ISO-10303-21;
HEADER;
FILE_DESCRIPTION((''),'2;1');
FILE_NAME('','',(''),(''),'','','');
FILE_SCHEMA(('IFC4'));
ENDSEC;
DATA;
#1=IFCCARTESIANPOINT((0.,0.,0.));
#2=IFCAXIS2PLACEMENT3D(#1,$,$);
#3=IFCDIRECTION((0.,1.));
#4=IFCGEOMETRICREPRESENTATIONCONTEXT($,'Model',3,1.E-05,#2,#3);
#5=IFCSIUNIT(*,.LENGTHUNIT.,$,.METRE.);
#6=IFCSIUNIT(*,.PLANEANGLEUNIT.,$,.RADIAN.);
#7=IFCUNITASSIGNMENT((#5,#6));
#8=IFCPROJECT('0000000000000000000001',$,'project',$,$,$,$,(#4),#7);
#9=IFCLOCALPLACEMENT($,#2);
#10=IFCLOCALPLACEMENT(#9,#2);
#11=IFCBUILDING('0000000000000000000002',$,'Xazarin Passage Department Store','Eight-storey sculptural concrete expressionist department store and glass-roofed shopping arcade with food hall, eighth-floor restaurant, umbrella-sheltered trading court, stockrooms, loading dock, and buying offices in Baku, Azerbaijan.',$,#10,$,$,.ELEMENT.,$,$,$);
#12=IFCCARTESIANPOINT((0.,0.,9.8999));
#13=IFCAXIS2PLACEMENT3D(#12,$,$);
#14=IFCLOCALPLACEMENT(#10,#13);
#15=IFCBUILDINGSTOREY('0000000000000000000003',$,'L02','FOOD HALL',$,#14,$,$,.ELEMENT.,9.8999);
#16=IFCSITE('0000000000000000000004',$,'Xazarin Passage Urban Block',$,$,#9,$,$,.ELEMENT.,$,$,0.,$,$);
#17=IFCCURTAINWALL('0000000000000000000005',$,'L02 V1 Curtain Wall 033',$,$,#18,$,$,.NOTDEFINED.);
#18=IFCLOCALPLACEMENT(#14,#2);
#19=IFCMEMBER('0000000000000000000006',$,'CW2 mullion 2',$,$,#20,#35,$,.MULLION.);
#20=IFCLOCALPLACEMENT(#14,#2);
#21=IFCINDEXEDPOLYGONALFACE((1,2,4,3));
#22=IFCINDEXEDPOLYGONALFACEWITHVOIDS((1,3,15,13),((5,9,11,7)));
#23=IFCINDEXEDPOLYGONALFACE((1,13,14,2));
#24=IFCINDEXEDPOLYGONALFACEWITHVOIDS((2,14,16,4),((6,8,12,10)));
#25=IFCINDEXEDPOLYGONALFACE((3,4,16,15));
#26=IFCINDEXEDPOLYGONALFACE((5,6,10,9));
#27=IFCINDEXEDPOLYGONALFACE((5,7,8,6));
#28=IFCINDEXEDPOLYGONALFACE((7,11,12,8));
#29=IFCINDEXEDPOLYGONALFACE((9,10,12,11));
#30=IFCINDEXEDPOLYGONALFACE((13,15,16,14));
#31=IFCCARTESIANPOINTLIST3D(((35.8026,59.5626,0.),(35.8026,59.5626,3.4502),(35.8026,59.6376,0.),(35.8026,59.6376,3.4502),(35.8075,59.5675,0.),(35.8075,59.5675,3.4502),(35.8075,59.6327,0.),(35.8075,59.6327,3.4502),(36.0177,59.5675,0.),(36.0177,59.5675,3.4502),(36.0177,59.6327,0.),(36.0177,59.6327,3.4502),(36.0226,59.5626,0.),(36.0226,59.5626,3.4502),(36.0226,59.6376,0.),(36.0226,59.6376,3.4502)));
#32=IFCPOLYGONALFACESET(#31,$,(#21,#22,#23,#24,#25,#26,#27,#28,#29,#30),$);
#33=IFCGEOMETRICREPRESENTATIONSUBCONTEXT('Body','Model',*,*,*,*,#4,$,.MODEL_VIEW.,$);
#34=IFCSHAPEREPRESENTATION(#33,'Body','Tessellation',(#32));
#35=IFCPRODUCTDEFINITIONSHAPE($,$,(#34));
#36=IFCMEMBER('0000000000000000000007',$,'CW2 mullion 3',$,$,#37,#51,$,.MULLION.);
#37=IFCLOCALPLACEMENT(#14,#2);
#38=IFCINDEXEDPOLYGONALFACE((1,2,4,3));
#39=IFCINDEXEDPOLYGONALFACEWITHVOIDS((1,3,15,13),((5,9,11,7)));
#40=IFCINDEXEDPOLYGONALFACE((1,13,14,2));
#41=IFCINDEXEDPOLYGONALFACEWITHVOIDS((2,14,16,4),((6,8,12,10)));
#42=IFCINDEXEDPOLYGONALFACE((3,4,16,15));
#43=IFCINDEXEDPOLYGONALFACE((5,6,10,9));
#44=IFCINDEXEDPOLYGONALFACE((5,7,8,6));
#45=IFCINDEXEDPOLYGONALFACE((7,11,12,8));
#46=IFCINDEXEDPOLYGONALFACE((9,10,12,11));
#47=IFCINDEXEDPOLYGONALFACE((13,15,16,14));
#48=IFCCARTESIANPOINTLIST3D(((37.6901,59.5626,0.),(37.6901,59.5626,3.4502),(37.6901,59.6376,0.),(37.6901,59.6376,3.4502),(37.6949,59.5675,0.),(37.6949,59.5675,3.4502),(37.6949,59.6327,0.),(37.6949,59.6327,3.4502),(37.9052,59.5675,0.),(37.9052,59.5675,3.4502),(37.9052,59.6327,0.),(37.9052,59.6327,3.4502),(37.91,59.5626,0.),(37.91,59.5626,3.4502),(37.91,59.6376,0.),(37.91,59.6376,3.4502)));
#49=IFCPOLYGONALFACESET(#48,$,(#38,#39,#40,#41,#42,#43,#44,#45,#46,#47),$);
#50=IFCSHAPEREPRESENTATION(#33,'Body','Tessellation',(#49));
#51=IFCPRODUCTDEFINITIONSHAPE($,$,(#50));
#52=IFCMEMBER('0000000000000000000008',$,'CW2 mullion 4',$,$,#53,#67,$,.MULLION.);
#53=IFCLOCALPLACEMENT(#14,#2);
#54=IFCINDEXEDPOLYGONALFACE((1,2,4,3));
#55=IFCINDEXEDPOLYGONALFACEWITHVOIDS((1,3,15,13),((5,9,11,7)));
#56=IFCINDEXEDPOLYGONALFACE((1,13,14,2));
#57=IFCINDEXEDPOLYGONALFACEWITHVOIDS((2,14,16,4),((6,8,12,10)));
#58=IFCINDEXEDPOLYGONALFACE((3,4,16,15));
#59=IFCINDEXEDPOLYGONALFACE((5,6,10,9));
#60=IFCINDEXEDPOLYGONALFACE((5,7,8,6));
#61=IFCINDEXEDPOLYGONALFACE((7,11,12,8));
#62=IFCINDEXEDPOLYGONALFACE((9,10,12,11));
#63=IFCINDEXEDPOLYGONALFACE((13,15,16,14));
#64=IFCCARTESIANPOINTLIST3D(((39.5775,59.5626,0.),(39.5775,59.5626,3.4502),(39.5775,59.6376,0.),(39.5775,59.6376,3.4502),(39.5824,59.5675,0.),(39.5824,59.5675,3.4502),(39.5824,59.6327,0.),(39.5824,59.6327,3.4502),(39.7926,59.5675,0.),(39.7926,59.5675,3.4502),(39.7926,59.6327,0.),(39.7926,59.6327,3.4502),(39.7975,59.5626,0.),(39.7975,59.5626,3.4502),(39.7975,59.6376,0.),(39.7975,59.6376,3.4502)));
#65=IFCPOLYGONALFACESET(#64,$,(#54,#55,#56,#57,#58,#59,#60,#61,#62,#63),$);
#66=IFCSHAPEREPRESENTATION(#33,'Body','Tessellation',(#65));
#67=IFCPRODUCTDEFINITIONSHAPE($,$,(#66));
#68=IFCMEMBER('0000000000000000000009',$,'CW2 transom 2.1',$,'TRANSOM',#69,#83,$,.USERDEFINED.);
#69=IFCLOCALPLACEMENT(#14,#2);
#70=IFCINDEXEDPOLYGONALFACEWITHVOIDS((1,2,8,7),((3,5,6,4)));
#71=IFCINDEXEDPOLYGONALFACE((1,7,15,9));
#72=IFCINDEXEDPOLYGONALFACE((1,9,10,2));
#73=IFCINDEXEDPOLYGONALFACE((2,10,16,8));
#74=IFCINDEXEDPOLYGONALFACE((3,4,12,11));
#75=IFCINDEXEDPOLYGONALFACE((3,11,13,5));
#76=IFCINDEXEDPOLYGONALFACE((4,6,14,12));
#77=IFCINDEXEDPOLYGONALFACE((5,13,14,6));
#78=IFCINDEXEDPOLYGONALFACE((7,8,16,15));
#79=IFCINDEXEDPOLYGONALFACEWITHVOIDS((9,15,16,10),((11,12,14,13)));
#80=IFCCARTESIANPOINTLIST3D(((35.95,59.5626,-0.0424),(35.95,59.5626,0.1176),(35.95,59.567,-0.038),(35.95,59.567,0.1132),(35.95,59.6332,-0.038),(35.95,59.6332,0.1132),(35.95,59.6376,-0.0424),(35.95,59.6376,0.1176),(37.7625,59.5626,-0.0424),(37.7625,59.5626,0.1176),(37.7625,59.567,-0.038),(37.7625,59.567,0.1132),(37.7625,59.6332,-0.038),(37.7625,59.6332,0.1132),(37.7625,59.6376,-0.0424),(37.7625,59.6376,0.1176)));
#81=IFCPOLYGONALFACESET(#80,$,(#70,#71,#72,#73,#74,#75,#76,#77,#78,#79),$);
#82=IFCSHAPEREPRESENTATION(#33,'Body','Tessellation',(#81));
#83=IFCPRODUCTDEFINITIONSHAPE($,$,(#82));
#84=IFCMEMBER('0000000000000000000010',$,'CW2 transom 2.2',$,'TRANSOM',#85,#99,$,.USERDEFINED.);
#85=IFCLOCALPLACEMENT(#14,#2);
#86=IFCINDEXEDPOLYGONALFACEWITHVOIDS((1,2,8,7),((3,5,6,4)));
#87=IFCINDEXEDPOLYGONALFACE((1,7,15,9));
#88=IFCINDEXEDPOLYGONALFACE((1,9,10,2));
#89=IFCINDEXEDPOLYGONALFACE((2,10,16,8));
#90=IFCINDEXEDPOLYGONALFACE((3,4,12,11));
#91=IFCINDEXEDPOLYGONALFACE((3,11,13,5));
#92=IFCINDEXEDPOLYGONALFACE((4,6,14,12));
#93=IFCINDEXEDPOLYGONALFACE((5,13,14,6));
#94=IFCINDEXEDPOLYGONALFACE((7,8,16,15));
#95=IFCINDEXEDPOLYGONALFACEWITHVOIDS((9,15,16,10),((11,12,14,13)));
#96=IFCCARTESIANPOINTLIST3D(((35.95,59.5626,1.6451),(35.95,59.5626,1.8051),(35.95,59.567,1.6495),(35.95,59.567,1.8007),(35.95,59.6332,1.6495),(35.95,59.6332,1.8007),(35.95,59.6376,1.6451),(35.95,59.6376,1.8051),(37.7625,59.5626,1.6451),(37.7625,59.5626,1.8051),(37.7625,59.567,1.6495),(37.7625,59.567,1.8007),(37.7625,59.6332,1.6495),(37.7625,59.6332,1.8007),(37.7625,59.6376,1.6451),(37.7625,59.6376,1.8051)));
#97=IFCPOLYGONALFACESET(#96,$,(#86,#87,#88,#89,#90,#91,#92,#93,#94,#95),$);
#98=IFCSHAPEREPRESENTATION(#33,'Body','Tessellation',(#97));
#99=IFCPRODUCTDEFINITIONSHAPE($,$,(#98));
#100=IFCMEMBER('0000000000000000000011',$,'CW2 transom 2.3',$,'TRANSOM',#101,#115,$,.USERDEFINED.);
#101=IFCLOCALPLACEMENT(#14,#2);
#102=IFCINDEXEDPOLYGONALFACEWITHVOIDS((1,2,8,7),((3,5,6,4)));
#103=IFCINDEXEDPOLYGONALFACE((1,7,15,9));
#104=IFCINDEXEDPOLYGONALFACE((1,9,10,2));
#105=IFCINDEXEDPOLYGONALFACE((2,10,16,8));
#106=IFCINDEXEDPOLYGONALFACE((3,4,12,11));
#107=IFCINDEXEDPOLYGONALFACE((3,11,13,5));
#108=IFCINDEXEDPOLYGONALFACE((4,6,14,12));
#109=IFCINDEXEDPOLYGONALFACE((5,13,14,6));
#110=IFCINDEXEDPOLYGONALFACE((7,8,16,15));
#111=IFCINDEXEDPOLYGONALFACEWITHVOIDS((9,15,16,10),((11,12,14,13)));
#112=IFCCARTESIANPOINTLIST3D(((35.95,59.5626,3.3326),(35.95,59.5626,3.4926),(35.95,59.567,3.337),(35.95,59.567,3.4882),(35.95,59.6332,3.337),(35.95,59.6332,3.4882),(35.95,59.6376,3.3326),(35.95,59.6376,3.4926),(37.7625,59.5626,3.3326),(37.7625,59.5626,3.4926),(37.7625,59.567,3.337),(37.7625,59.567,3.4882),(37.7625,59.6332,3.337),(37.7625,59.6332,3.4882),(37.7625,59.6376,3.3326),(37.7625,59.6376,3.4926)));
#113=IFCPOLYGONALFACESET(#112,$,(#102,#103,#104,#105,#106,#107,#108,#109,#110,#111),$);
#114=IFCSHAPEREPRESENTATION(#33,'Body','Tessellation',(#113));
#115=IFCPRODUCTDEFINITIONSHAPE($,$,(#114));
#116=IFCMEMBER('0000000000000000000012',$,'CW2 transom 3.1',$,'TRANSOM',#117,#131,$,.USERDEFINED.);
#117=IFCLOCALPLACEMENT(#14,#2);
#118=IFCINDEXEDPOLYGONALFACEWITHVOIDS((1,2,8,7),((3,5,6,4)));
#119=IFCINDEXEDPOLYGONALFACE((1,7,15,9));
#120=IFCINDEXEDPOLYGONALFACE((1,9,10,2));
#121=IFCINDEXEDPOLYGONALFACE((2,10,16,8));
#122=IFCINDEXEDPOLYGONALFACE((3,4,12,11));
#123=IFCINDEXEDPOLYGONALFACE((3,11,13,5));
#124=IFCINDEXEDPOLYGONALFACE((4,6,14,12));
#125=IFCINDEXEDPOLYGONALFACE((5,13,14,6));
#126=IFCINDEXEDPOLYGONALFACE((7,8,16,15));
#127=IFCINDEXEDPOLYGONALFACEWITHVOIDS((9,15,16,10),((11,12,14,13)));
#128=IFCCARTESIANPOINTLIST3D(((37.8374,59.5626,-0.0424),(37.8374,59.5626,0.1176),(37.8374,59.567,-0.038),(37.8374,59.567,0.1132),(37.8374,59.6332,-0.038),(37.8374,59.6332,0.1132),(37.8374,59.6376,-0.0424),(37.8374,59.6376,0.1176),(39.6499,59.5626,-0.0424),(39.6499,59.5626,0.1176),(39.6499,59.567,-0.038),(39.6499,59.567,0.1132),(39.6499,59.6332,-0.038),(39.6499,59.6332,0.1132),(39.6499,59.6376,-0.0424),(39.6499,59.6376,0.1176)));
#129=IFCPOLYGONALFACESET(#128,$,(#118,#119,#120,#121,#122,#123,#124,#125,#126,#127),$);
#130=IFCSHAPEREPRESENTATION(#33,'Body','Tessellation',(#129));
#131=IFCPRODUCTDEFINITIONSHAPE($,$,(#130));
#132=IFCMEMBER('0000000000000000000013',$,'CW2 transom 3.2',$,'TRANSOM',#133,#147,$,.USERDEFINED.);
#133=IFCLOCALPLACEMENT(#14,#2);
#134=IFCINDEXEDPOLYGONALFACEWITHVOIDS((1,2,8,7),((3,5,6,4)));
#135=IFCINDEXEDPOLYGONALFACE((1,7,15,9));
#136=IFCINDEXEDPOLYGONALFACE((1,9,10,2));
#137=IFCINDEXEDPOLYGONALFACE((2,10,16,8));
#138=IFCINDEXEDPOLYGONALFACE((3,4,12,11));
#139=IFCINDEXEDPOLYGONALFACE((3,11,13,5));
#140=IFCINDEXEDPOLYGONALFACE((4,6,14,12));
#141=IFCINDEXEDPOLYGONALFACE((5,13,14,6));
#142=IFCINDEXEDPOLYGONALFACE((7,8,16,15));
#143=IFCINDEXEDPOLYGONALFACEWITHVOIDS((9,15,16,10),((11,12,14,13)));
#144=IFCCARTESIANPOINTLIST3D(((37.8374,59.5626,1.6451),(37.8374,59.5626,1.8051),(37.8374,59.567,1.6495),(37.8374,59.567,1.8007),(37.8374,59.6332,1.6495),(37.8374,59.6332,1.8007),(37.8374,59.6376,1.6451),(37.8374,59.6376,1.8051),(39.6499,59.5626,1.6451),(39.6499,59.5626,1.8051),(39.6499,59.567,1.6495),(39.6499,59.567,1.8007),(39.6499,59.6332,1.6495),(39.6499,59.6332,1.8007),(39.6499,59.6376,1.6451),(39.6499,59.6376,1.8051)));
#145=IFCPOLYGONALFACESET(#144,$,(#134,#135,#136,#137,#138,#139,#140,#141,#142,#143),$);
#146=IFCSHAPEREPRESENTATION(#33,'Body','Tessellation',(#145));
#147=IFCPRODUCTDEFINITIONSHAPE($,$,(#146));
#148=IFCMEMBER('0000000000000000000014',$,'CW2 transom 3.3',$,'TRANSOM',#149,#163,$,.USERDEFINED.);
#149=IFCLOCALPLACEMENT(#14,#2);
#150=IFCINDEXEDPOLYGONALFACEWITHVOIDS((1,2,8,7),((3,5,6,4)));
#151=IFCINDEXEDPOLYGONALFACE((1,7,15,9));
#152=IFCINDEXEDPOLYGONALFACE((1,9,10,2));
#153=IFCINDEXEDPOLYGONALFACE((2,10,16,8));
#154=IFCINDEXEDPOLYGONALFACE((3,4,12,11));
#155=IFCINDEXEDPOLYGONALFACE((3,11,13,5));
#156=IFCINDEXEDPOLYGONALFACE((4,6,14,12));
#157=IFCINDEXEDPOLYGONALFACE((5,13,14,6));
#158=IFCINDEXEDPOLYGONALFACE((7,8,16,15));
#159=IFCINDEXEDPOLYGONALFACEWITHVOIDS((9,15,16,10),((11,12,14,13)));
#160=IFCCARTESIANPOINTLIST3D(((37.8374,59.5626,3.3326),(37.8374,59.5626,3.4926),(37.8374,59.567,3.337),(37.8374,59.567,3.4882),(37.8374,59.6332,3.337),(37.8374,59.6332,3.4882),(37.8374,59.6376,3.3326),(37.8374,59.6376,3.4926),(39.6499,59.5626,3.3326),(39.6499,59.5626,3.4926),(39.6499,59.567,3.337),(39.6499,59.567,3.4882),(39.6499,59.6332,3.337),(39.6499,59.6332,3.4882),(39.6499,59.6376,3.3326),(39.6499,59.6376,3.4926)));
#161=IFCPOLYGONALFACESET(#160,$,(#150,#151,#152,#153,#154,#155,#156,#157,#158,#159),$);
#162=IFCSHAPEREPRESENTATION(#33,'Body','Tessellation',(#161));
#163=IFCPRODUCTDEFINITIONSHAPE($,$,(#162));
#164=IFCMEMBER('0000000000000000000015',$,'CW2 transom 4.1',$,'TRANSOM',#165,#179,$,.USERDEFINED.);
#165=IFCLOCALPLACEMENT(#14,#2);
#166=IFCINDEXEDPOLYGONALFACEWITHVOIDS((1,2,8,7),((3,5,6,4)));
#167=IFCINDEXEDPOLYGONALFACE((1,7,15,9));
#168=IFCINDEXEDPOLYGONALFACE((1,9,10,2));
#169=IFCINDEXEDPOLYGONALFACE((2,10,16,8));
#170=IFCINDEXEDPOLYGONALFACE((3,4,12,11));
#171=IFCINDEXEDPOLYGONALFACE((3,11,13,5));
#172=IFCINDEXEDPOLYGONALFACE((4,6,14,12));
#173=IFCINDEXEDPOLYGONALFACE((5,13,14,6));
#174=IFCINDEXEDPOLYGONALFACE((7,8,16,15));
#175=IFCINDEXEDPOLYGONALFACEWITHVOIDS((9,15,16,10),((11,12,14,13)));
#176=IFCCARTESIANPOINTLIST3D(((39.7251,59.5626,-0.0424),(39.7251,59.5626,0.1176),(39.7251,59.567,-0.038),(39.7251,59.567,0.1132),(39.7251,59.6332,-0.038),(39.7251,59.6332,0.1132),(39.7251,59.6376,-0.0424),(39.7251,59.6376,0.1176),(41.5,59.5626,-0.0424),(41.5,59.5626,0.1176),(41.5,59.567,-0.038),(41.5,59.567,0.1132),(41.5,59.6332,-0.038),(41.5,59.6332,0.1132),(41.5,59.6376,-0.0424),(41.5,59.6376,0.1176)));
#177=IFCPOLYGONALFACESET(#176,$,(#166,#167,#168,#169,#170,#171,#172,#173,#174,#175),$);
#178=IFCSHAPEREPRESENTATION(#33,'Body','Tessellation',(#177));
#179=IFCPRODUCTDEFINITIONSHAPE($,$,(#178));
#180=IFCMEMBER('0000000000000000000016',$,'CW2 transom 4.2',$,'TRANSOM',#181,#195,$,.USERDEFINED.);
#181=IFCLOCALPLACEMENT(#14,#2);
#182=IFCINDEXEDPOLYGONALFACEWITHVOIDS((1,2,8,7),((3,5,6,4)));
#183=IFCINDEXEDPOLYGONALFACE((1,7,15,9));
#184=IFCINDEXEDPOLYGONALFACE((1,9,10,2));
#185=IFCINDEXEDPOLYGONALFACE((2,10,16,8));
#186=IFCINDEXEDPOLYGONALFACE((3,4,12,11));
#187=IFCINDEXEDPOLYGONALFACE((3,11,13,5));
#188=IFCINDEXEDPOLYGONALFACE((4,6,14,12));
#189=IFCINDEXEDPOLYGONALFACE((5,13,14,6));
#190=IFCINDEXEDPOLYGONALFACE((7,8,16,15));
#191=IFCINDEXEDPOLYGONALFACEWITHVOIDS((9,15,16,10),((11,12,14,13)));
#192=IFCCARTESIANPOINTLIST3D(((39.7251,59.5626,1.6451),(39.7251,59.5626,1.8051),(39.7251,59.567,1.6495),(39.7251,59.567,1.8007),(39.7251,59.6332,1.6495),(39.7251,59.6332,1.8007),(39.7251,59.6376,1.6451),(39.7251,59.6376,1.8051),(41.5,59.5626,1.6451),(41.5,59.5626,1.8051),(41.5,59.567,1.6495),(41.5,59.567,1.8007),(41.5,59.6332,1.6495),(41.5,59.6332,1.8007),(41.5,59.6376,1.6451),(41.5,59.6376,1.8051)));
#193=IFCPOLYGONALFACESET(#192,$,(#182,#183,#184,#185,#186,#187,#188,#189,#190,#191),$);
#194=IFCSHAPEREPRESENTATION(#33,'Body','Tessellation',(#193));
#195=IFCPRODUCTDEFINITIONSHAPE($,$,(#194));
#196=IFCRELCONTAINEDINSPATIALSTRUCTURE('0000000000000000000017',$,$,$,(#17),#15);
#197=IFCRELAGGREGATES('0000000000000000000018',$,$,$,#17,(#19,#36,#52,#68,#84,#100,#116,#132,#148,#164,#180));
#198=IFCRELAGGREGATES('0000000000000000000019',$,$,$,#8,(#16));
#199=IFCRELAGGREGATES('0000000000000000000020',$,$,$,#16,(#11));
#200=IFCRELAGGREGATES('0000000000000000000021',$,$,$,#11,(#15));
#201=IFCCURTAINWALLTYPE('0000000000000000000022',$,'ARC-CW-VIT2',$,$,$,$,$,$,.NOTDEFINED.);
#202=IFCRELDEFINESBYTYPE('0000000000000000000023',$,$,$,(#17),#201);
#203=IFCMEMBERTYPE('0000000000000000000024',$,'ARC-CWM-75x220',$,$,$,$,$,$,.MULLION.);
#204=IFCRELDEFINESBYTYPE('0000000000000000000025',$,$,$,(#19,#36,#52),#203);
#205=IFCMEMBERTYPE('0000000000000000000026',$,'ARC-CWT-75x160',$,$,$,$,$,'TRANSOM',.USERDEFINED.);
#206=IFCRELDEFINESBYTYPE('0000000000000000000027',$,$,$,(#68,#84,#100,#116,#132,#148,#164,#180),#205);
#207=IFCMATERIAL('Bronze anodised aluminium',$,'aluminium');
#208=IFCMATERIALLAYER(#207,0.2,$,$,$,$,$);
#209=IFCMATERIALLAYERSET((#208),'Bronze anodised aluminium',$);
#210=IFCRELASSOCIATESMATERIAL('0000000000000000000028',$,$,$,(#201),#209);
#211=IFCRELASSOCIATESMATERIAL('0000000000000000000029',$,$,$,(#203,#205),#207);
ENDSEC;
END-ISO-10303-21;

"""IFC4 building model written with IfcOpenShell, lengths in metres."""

from ifc_helpers import new_model, si_unit, direction, frame, origin, origin_2d, place, context, subcontext, project, spatial, hollow_rectangle, extrude, material, layer, layer_set, material_profile, profile_set, type_object, element, aggregate, save


model = new_model("IFC4")

# Units and contexts
model_context = context("Model", 3, precision=1e-05, world=origin(), true_north=direction((0.0, 1.0)))
body_context = subcontext(model_context, "Body", "Model", "MODEL_VIEW")
ifc_project = project(units=[si_unit("LENGTHUNIT", "METRE"), si_unit("PLANEANGLEUNIT", "RADIAN")], contexts=[model_context])

# Site, building, storey
site_placement = place(None, origin())
site = spatial("IfcSite", under=ifc_project, at=site_placement, Name="Xazarin Passage Urban Block", CompositionType="ELEMENT", RefElevation=0.0)
building_placement = place(site_placement, origin())
building = spatial("IfcBuilding", under=site, at=building_placement, Name="Xazarin Passage Department Store", Description="Eight-storey sculptural concrete expressionist department store and glass-roofed shopping arcade with food hall, eighth-floor restaurant, umbrella-sheltered trading court, stockrooms, loading dock, and buying offices in Baku, Azerbaijan.", CompositionType="ELEMENT")
storey_placement = place(building_placement, frame((0.0, 0.0, 9.8999)))
storey = spatial("IfcBuildingStorey", under=building, at=storey_placement, Name="L02", Description="FOOD HALL", CompositionType="ELEMENT", Elevation=9.8999)

# Curtain wall, members
ifc_material_1 = material(Name="Bronze anodised aluminium", Category="aluminium")
ifc_layer_1 = layer(ifc_material_1, 0.2)
ifc_layer_set_1 = layer_set([ifc_layer_1], Name="Bronze anodised aluminium")
curtain_wall_type = type_object("IfcCurtainWallType", Name="ARC-CW-VIT2", PredefinedType="NOTDEFINED", material=ifc_layer_set_1)
curtain_wall_placement = place(storey_placement, origin())
curtain_wall = element("IfcCurtainWall", 1, at=curtain_wall_placement, inside=storey, type_object=curtain_wall_type, Name="L02 V1 Curtain Wall 033", PredefinedType="NOTDEFINED")
ifc_material_profile_1 = material_profile(ifc_material_1, hollow_rectangle(XDim=0.075, YDim=0.22, WallThickness=0.0049, at=origin_2d()), Name="ALU 75x220")
ifc_profile_set_1 = profile_set([ifc_material_profile_1], Name="Bronze anodised aluminium")
member_type_1 = type_object("IfcMemberType", Name="ARC-CWM-75x220", PredefinedType="MULLION", material=ifc_profile_set_1)
member_1_placement = place(storey_placement, frame((35.9126, 59.6001, 0.0), z_axis=(0.0, 0.0, 1.0), x_axis=(0.0, 1.0, 0.0)))
member_1 = element("IfcMember", 2, at=member_1_placement, type_object=member_type_1, Name="CW2 mullion 2", PredefinedType="MULLION", context=body_context, shape_type="SweptSolid", body=[
    extrude(hollow_rectangle(XDim=0.075, YDim=0.22, WallThickness=0.0049, at=origin_2d()), origin(), (0.0, 0.0, 1.0), 3.4502),
])
member_2_placement = place(storey_placement, frame((37.8, 59.6001, 0.0), z_axis=(0.0, 0.0, 1.0), x_axis=(0.0, 1.0, 0.0)))
member_2 = element("IfcMember", 3, at=member_2_placement, type_object=member_type_1, Name="CW2 mullion 3", PredefinedType="MULLION", context=body_context, shape_type="SweptSolid", body=[
    extrude(hollow_rectangle(XDim=0.075, YDim=0.22, WallThickness=0.0049, at=origin_2d()), origin(), (0.0, 0.0, 1.0), 3.4502),
])
member_3_placement = place(storey_placement, frame((39.6875, 59.6001, 0.0), z_axis=(0.0, 0.0, 1.0), x_axis=(0.0, 1.0, 0.0)))
member_3 = element("IfcMember", 4, at=member_3_placement, type_object=member_type_1, Name="CW2 mullion 4", PredefinedType="MULLION", context=body_context, shape_type="SweptSolid", body=[
    extrude(hollow_rectangle(XDim=0.075, YDim=0.22, WallThickness=0.0049, at=origin_2d()), origin(), (0.0, 0.0, 1.0), 3.4502),
])
ifc_material_profile_2 = material_profile(ifc_material_1, hollow_rectangle(XDim=0.075, YDim=0.1599, WallThickness=0.0044, at=origin_2d()), Name="ALU 75x160")
ifc_profile_set_2 = profile_set([ifc_material_profile_2], Name="Bronze anodised aluminium")
member_type_2 = type_object("IfcMemberType", Name="ARC-CWT-75x160", ElementType="TRANSOM", PredefinedType="USERDEFINED", material=ifc_profile_set_2)
member_4_placement = place(storey_placement, frame((35.95, 59.6001, 0.0376), z_axis=(1.0, 0.0, 0.0), x_axis=(0.0, 1.0, 0.0)))
member_4 = element("IfcMember", 5, at=member_4_placement, type_object=member_type_2, Name="CW2 transom 2.1", ObjectType="TRANSOM", PredefinedType="USERDEFINED", context=body_context, shape_type="SweptSolid", body=[
    extrude(hollow_rectangle(XDim=0.075, YDim=0.1599, WallThickness=0.0044, at=origin_2d()), origin(), (0.0, 0.0, 1.0), 1.8125),
])
member_5_placement = place(storey_placement, frame((35.95, 59.6001, 1.7251), z_axis=(1.0, 0.0, 0.0), x_axis=(0.0, 1.0, 0.0)))
member_5 = element("IfcMember", 6, at=member_5_placement, type_object=member_type_2, Name="CW2 transom 2.2", ObjectType="TRANSOM", PredefinedType="USERDEFINED", context=body_context, shape_type="SweptSolid", body=[
    extrude(hollow_rectangle(XDim=0.075, YDim=0.1599, WallThickness=0.0044, at=origin_2d()), origin(), (0.0, 0.0, 1.0), 1.8125),
])
member_6_placement = place(storey_placement, frame((35.95, 59.6001, 3.4126), z_axis=(1.0, 0.0, 0.0), x_axis=(0.0, 1.0, 0.0)))
member_6 = element("IfcMember", 7, at=member_6_placement, type_object=member_type_2, Name="CW2 transom 2.3", ObjectType="TRANSOM", PredefinedType="USERDEFINED", context=body_context, shape_type="SweptSolid", body=[
    extrude(hollow_rectangle(XDim=0.075, YDim=0.1599, WallThickness=0.0044, at=origin_2d()), origin(), (0.0, 0.0, 1.0), 1.8125),
])
member_7_placement = place(storey_placement, frame((37.8374, 59.6001, 0.0376), z_axis=(1.0, 0.0, 0.0), x_axis=(0.0, 1.0, 0.0)))
member_7 = element("IfcMember", 8, at=member_7_placement, type_object=member_type_2, Name="CW2 transom 3.1", ObjectType="TRANSOM", PredefinedType="USERDEFINED", context=body_context, shape_type="SweptSolid", body=[
    extrude(hollow_rectangle(XDim=0.075, YDim=0.1599, WallThickness=0.0044, at=origin_2d()), origin(), (0.0, 0.0, 1.0), 1.8125),
])
member_8_placement = place(storey_placement, frame((37.8374, 59.6001, 1.7251), z_axis=(1.0, 0.0, 0.0), x_axis=(0.0, 1.0, 0.0)))
member_8 = element("IfcMember", 9, at=member_8_placement, type_object=member_type_2, Name="CW2 transom 3.2", ObjectType="TRANSOM", PredefinedType="USERDEFINED", context=body_context, shape_type="SweptSolid", body=[
    extrude(hollow_rectangle(XDim=0.075, YDim=0.1599, WallThickness=0.0044, at=origin_2d()), origin(), (0.0, 0.0, 1.0), 1.8125),
])
member_9_placement = place(storey_placement, frame((37.8374, 59.6001, 3.4126), z_axis=(1.0, 0.0, 0.0), x_axis=(0.0, 1.0, 0.0)))
member_9 = element("IfcMember", 10, at=member_9_placement, type_object=member_type_2, Name="CW2 transom 3.3", ObjectType="TRANSOM", PredefinedType="USERDEFINED", context=body_context, shape_type="SweptSolid", body=[
    extrude(hollow_rectangle(XDim=0.075, YDim=0.1599, WallThickness=0.0044, at=origin_2d()), origin(), (0.0, 0.0, 1.0), 1.8125),
])
member_10_placement = place(storey_placement, frame((39.7251, 59.6001, 0.0376), z_axis=(1.0, 0.0, 0.0), x_axis=(0.0, 1.0, 0.0)))
member_10 = element("IfcMember", 11, at=member_10_placement, type_object=member_type_2, Name="CW2 transom 4.1", ObjectType="TRANSOM", PredefinedType="USERDEFINED", context=body_context, shape_type="SweptSolid", body=[
    extrude(hollow_rectangle(XDim=0.075, YDim=0.1599, WallThickness=0.0044, at=origin_2d()), origin(), (0.0, 0.0, 1.0), 1.7749),
])
member_11_placement = place(storey_placement, frame((39.7251, 59.6001, 1.7251), z_axis=(1.0, 0.0, 0.0), x_axis=(0.0, 1.0, 0.0)))
member_11 = element("IfcMember", 12, at=member_11_placement, type_object=member_type_2, Name="CW2 transom 4.2", ObjectType="TRANSOM", PredefinedType="USERDEFINED", context=body_context, shape_type="SweptSolid", body=[
    extrude(hollow_rectangle(XDim=0.075, YDim=0.1599, WallThickness=0.0044, at=origin_2d()), origin(), (0.0, 0.0, 1.0), 1.7749),
])

aggregate(curtain_wall, [member_1, member_2, member_3, member_4, member_5, member_6, member_7, member_8, member_9, member_10, member_11])

save(model, "model.ifc")
